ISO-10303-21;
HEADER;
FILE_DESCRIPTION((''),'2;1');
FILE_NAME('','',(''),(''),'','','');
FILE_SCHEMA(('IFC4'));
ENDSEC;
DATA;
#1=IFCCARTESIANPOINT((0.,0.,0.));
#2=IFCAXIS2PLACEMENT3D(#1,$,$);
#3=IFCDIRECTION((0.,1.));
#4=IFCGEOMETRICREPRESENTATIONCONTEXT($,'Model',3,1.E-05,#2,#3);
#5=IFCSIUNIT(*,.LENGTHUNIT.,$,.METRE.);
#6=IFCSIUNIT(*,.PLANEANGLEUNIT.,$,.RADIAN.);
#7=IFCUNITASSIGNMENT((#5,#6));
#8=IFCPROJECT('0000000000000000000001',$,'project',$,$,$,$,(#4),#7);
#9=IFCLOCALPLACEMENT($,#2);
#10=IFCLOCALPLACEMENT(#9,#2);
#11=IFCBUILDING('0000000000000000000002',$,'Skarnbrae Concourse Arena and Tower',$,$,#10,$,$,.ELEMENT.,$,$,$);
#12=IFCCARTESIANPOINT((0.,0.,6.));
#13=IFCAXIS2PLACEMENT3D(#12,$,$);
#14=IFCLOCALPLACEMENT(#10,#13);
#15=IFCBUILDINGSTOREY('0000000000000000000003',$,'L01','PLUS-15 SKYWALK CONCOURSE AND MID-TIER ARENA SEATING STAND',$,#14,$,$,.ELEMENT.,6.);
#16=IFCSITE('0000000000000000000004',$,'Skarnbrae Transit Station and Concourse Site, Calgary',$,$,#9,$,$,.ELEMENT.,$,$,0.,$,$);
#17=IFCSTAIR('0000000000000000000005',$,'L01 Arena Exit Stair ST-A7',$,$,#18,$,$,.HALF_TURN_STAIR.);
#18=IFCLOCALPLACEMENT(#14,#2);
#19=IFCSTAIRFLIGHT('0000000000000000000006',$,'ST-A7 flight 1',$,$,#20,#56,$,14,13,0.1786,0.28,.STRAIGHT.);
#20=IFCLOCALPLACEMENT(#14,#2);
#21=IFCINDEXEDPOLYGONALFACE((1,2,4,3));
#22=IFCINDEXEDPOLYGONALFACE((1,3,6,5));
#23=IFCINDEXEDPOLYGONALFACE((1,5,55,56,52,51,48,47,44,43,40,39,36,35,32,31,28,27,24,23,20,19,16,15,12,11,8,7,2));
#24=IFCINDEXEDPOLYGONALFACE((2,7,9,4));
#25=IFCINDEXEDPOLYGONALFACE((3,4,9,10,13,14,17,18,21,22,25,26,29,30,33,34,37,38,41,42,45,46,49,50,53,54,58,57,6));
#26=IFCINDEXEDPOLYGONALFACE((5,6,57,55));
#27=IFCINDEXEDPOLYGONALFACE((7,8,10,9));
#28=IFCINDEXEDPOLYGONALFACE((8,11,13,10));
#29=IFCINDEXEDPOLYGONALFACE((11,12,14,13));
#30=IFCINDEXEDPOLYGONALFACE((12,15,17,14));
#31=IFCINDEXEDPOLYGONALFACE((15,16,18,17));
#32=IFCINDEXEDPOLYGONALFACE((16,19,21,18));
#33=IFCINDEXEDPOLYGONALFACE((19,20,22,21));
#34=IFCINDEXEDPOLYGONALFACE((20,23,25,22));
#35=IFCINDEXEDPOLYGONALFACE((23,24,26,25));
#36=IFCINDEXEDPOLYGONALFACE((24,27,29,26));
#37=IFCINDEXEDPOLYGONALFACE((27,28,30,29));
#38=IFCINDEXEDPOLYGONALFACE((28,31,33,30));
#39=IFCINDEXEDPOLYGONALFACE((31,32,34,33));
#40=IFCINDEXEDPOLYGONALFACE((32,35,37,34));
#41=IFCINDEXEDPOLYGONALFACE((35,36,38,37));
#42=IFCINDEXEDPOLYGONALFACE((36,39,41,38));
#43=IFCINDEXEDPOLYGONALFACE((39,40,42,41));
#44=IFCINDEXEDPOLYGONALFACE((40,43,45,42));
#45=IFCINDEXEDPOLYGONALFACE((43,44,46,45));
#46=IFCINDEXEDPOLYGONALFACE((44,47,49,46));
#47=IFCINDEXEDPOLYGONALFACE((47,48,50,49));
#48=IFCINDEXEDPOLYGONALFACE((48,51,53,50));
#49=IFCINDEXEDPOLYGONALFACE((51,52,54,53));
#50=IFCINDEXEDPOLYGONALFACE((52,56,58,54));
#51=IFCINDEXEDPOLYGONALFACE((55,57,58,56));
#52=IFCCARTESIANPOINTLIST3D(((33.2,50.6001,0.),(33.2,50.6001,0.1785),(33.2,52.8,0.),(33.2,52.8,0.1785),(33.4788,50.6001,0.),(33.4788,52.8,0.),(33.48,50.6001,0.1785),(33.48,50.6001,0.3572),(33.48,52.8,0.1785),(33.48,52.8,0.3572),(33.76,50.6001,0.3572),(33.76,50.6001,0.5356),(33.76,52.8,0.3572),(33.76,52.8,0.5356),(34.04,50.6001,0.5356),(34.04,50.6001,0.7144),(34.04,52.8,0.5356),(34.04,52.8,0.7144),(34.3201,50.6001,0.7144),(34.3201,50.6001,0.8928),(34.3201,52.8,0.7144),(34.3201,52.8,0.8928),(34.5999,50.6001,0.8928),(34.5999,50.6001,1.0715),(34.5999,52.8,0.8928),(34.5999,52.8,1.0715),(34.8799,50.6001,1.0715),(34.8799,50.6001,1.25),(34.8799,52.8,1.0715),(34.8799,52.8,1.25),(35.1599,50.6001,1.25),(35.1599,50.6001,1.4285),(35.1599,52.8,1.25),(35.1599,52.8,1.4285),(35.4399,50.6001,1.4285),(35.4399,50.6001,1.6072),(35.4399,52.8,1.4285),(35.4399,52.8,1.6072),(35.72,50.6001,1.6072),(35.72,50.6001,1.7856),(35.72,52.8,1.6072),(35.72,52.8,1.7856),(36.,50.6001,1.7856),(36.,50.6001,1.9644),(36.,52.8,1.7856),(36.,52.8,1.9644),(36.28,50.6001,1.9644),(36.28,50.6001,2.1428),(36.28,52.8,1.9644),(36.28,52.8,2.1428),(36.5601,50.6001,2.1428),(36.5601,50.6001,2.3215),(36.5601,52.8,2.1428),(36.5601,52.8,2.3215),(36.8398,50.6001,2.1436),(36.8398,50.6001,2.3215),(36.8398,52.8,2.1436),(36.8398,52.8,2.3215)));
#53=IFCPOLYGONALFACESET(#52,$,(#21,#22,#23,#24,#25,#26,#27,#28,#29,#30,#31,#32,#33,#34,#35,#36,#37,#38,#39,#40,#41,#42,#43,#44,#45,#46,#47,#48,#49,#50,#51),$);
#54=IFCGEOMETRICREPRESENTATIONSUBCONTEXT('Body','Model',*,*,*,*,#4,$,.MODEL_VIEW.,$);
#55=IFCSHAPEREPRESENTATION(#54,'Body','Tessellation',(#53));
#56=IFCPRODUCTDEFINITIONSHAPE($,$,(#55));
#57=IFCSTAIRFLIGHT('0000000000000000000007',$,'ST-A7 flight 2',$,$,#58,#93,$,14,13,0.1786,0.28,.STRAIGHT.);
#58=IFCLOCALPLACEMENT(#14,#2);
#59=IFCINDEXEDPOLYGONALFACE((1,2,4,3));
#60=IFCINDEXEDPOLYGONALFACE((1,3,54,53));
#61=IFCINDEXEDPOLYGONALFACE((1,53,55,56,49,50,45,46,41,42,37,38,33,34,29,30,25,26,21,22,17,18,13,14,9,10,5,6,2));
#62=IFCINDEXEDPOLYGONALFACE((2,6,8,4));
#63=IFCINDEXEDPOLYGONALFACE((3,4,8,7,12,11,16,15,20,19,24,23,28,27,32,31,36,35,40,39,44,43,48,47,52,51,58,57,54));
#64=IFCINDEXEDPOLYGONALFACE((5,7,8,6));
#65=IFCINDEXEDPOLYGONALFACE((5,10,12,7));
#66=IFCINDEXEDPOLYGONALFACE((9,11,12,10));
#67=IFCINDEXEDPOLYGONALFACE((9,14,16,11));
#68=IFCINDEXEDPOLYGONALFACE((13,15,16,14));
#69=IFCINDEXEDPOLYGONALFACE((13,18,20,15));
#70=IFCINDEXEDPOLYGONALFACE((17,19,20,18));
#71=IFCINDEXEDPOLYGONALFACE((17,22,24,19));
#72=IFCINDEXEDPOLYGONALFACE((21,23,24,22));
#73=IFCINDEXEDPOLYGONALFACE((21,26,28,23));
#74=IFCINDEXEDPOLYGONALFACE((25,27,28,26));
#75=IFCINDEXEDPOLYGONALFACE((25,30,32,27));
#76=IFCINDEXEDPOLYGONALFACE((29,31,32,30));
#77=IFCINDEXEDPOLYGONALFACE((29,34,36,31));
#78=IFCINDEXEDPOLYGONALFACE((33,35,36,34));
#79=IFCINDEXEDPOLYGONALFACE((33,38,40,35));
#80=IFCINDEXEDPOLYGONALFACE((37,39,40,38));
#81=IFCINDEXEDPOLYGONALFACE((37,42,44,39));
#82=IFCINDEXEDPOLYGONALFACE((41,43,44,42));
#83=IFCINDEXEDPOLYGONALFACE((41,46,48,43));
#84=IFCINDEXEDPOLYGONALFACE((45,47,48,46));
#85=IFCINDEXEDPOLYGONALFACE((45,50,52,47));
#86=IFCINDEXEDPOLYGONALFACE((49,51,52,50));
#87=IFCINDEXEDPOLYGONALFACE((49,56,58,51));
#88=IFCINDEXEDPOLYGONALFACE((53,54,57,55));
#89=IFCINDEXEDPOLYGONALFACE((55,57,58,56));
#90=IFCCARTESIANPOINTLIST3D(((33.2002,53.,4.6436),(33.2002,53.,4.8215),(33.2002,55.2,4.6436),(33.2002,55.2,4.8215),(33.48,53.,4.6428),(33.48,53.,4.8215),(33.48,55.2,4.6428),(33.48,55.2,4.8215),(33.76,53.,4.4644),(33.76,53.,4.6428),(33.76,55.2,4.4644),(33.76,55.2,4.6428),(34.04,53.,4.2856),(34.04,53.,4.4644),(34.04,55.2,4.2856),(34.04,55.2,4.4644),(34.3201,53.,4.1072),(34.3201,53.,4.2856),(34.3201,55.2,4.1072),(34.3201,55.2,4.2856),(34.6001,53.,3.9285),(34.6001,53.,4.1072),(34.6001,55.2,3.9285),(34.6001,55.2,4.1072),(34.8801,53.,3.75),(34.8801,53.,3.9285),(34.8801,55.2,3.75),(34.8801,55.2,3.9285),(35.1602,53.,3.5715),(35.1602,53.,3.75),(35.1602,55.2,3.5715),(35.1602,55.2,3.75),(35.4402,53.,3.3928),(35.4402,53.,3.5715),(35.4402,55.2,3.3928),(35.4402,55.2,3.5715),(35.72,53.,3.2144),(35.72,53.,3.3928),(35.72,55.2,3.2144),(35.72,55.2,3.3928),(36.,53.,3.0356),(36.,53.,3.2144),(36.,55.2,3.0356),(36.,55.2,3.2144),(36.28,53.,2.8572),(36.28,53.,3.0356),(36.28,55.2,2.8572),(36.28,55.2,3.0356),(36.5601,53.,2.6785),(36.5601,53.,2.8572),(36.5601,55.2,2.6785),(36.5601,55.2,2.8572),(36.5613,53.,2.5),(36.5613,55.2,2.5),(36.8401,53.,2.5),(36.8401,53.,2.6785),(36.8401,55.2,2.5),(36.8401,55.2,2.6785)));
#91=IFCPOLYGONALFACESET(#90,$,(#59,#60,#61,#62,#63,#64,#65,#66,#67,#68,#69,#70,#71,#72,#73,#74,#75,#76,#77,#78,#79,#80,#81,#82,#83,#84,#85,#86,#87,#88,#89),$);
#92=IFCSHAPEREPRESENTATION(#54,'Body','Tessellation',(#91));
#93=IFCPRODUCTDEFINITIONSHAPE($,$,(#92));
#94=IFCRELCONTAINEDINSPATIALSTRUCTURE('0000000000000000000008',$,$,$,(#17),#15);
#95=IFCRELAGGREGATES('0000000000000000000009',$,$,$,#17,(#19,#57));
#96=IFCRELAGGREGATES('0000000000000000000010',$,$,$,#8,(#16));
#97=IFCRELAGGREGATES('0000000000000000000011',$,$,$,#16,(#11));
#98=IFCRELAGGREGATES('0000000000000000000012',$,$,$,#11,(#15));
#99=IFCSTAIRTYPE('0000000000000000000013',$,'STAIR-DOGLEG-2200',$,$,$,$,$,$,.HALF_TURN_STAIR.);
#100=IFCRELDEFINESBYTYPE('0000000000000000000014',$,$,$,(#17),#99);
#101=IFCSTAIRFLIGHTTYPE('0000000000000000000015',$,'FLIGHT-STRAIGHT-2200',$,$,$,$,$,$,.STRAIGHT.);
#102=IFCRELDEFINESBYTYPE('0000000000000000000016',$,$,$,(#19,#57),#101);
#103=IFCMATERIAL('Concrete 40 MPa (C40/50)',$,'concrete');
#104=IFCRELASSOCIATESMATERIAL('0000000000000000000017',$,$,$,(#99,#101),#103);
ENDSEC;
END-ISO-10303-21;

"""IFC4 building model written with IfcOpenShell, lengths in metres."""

from ifc_helpers import new_model, si_unit, direction, frame, origin, place, context, subcontext, project, spatial, polyline, outline, extrude, source, transform, mapped, material, type_object, element, aggregate, save


model = new_model("IFC4")

# Units and contexts
model_context = context("Model", 3, precision=1e-05, world=origin(), true_north=direction((0.0, 1.0)))
body_context = subcontext(model_context, "Body", "Model", "MODEL_VIEW")
ifc_project = project(units=[si_unit("LENGTHUNIT", "METRE"), si_unit("PLANEANGLEUNIT", "RADIAN")], contexts=[model_context])

# Site, building, storey
site_placement = place(None, origin())
site = spatial("IfcSite", under=ifc_project, at=site_placement, Name="Skarnbrae Transit Station and Concourse Site, Calgary", CompositionType="ELEMENT", RefElevation=0.0)
building_placement = place(site_placement, origin())
building = spatial("IfcBuilding", under=site, at=building_placement, Name="Skarnbrae Concourse Arena and Tower", CompositionType="ELEMENT")
storey_placement = place(building_placement, frame((0.0, 0.0, 6.0)))
storey = spatial("IfcBuildingStorey", under=building, at=storey_placement, Name="L01", Description="PLUS-15 SKYWALK CONCOURSE AND MID-TIER ARENA SEATING STAND", CompositionType="ELEMENT", Elevation=6.0)

# Stair, stair flights
ifc_material_1 = material(Name="Concrete 40 MPa (C40/50)", Category="concrete")
stair_type = type_object("IfcStairType", Name="STAIR-DOGLEG-2200", PredefinedType="HALF_TURN_STAIR", material=ifc_material_1)
stair_placement = place(storey_placement, origin())
stair = element("IfcStair", 1, at=stair_placement, inside=storey, type_object=stair_type, Name="L01 Arena Exit Stair ST-A7", PredefinedType="HALF_TURN_STAIR")
stair_flight_type = type_object("IfcStairFlightType", Name="FLIGHT-STRAIGHT-2200", PredefinedType="STRAIGHT", material=ifc_material_1)
shared_shape_1 = source(origin(), body_context, "Body", "SweptSolid", [
    extrude(outline(polyline([(0.0, 0.0), (0.0, 0.1785), (0.28, 0.1785), (0.28, 0.3572), (0.5601, 0.3572), (0.5601, 0.5356), (0.8401, 0.5356), (0.8401, 0.7144), (1.1201, 0.7144), (1.1201, 0.8928), (1.3999, 0.8928), (1.3999, 1.0715), (1.6799, 1.0715), (1.6799, 1.25), (1.96, 1.25), (1.96, 1.4285), (2.24, 1.4285), (2.24, 1.6072), (2.52, 1.6072), (2.52, 1.7856), (2.8, 1.7856), (2.8, 1.9644), (3.0801, 1.9644), (3.0801, 2.1428), (3.3601, 2.1428), (3.3601, 2.3215), (3.6399, 2.3215), (3.6399, 2.5), (3.6399, 2.1436), (0.2788, 0.0), (0.0, 0.0)])), frame((0.0, 1.1001, 0.0), z_axis=(0.0, -1.0, 0.0), x_axis=(1.0, 0.0, 0.0)), (0.0, 0.0, 1.0), 2.2),
])
stair_flight_1_placement = place(storey_placement, frame((33.2, 51.7, 0.0), z_axis=(0.0, 0.0, 1.0), x_axis=(1.0, 0.0, 0.0)))
stair_flight_1 = element("IfcStairFlight", 2, at=stair_flight_1_placement, type_object=stair_flight_type, Name="ST-A7 flight 1", NumberOfRisers=14, NumberOfTreads=13, PredefinedType="STRAIGHT", RiserHeight=0.1786, TreadLength=0.28, context=body_context, shape_type="MappedRepresentation", body=[
    mapped(shared_shape_1, transform((0.0, 0.0, 0.0))),
])
stair_flight_2_placement = place(storey_placement, frame((36.8401, 54.1001, 2.5), z_axis=(0.0, 0.0, 1.0), x_axis=(-1.0, 0.0, 0.0)))
stair_flight_2 = element("IfcStairFlight", 3, at=stair_flight_2_placement, type_object=stair_flight_type, Name="ST-A7 flight 2", NumberOfRisers=14, NumberOfTreads=13, PredefinedType="STRAIGHT", RiserHeight=0.1786, TreadLength=0.28, context=body_context, shape_type="MappedRepresentation", body=[
    mapped(shared_shape_1, transform((0.0, 0.0, 0.0))),
])
aggregate(stair, [stair_flight_1, stair_flight_2])

save(model, "model.ifc")
